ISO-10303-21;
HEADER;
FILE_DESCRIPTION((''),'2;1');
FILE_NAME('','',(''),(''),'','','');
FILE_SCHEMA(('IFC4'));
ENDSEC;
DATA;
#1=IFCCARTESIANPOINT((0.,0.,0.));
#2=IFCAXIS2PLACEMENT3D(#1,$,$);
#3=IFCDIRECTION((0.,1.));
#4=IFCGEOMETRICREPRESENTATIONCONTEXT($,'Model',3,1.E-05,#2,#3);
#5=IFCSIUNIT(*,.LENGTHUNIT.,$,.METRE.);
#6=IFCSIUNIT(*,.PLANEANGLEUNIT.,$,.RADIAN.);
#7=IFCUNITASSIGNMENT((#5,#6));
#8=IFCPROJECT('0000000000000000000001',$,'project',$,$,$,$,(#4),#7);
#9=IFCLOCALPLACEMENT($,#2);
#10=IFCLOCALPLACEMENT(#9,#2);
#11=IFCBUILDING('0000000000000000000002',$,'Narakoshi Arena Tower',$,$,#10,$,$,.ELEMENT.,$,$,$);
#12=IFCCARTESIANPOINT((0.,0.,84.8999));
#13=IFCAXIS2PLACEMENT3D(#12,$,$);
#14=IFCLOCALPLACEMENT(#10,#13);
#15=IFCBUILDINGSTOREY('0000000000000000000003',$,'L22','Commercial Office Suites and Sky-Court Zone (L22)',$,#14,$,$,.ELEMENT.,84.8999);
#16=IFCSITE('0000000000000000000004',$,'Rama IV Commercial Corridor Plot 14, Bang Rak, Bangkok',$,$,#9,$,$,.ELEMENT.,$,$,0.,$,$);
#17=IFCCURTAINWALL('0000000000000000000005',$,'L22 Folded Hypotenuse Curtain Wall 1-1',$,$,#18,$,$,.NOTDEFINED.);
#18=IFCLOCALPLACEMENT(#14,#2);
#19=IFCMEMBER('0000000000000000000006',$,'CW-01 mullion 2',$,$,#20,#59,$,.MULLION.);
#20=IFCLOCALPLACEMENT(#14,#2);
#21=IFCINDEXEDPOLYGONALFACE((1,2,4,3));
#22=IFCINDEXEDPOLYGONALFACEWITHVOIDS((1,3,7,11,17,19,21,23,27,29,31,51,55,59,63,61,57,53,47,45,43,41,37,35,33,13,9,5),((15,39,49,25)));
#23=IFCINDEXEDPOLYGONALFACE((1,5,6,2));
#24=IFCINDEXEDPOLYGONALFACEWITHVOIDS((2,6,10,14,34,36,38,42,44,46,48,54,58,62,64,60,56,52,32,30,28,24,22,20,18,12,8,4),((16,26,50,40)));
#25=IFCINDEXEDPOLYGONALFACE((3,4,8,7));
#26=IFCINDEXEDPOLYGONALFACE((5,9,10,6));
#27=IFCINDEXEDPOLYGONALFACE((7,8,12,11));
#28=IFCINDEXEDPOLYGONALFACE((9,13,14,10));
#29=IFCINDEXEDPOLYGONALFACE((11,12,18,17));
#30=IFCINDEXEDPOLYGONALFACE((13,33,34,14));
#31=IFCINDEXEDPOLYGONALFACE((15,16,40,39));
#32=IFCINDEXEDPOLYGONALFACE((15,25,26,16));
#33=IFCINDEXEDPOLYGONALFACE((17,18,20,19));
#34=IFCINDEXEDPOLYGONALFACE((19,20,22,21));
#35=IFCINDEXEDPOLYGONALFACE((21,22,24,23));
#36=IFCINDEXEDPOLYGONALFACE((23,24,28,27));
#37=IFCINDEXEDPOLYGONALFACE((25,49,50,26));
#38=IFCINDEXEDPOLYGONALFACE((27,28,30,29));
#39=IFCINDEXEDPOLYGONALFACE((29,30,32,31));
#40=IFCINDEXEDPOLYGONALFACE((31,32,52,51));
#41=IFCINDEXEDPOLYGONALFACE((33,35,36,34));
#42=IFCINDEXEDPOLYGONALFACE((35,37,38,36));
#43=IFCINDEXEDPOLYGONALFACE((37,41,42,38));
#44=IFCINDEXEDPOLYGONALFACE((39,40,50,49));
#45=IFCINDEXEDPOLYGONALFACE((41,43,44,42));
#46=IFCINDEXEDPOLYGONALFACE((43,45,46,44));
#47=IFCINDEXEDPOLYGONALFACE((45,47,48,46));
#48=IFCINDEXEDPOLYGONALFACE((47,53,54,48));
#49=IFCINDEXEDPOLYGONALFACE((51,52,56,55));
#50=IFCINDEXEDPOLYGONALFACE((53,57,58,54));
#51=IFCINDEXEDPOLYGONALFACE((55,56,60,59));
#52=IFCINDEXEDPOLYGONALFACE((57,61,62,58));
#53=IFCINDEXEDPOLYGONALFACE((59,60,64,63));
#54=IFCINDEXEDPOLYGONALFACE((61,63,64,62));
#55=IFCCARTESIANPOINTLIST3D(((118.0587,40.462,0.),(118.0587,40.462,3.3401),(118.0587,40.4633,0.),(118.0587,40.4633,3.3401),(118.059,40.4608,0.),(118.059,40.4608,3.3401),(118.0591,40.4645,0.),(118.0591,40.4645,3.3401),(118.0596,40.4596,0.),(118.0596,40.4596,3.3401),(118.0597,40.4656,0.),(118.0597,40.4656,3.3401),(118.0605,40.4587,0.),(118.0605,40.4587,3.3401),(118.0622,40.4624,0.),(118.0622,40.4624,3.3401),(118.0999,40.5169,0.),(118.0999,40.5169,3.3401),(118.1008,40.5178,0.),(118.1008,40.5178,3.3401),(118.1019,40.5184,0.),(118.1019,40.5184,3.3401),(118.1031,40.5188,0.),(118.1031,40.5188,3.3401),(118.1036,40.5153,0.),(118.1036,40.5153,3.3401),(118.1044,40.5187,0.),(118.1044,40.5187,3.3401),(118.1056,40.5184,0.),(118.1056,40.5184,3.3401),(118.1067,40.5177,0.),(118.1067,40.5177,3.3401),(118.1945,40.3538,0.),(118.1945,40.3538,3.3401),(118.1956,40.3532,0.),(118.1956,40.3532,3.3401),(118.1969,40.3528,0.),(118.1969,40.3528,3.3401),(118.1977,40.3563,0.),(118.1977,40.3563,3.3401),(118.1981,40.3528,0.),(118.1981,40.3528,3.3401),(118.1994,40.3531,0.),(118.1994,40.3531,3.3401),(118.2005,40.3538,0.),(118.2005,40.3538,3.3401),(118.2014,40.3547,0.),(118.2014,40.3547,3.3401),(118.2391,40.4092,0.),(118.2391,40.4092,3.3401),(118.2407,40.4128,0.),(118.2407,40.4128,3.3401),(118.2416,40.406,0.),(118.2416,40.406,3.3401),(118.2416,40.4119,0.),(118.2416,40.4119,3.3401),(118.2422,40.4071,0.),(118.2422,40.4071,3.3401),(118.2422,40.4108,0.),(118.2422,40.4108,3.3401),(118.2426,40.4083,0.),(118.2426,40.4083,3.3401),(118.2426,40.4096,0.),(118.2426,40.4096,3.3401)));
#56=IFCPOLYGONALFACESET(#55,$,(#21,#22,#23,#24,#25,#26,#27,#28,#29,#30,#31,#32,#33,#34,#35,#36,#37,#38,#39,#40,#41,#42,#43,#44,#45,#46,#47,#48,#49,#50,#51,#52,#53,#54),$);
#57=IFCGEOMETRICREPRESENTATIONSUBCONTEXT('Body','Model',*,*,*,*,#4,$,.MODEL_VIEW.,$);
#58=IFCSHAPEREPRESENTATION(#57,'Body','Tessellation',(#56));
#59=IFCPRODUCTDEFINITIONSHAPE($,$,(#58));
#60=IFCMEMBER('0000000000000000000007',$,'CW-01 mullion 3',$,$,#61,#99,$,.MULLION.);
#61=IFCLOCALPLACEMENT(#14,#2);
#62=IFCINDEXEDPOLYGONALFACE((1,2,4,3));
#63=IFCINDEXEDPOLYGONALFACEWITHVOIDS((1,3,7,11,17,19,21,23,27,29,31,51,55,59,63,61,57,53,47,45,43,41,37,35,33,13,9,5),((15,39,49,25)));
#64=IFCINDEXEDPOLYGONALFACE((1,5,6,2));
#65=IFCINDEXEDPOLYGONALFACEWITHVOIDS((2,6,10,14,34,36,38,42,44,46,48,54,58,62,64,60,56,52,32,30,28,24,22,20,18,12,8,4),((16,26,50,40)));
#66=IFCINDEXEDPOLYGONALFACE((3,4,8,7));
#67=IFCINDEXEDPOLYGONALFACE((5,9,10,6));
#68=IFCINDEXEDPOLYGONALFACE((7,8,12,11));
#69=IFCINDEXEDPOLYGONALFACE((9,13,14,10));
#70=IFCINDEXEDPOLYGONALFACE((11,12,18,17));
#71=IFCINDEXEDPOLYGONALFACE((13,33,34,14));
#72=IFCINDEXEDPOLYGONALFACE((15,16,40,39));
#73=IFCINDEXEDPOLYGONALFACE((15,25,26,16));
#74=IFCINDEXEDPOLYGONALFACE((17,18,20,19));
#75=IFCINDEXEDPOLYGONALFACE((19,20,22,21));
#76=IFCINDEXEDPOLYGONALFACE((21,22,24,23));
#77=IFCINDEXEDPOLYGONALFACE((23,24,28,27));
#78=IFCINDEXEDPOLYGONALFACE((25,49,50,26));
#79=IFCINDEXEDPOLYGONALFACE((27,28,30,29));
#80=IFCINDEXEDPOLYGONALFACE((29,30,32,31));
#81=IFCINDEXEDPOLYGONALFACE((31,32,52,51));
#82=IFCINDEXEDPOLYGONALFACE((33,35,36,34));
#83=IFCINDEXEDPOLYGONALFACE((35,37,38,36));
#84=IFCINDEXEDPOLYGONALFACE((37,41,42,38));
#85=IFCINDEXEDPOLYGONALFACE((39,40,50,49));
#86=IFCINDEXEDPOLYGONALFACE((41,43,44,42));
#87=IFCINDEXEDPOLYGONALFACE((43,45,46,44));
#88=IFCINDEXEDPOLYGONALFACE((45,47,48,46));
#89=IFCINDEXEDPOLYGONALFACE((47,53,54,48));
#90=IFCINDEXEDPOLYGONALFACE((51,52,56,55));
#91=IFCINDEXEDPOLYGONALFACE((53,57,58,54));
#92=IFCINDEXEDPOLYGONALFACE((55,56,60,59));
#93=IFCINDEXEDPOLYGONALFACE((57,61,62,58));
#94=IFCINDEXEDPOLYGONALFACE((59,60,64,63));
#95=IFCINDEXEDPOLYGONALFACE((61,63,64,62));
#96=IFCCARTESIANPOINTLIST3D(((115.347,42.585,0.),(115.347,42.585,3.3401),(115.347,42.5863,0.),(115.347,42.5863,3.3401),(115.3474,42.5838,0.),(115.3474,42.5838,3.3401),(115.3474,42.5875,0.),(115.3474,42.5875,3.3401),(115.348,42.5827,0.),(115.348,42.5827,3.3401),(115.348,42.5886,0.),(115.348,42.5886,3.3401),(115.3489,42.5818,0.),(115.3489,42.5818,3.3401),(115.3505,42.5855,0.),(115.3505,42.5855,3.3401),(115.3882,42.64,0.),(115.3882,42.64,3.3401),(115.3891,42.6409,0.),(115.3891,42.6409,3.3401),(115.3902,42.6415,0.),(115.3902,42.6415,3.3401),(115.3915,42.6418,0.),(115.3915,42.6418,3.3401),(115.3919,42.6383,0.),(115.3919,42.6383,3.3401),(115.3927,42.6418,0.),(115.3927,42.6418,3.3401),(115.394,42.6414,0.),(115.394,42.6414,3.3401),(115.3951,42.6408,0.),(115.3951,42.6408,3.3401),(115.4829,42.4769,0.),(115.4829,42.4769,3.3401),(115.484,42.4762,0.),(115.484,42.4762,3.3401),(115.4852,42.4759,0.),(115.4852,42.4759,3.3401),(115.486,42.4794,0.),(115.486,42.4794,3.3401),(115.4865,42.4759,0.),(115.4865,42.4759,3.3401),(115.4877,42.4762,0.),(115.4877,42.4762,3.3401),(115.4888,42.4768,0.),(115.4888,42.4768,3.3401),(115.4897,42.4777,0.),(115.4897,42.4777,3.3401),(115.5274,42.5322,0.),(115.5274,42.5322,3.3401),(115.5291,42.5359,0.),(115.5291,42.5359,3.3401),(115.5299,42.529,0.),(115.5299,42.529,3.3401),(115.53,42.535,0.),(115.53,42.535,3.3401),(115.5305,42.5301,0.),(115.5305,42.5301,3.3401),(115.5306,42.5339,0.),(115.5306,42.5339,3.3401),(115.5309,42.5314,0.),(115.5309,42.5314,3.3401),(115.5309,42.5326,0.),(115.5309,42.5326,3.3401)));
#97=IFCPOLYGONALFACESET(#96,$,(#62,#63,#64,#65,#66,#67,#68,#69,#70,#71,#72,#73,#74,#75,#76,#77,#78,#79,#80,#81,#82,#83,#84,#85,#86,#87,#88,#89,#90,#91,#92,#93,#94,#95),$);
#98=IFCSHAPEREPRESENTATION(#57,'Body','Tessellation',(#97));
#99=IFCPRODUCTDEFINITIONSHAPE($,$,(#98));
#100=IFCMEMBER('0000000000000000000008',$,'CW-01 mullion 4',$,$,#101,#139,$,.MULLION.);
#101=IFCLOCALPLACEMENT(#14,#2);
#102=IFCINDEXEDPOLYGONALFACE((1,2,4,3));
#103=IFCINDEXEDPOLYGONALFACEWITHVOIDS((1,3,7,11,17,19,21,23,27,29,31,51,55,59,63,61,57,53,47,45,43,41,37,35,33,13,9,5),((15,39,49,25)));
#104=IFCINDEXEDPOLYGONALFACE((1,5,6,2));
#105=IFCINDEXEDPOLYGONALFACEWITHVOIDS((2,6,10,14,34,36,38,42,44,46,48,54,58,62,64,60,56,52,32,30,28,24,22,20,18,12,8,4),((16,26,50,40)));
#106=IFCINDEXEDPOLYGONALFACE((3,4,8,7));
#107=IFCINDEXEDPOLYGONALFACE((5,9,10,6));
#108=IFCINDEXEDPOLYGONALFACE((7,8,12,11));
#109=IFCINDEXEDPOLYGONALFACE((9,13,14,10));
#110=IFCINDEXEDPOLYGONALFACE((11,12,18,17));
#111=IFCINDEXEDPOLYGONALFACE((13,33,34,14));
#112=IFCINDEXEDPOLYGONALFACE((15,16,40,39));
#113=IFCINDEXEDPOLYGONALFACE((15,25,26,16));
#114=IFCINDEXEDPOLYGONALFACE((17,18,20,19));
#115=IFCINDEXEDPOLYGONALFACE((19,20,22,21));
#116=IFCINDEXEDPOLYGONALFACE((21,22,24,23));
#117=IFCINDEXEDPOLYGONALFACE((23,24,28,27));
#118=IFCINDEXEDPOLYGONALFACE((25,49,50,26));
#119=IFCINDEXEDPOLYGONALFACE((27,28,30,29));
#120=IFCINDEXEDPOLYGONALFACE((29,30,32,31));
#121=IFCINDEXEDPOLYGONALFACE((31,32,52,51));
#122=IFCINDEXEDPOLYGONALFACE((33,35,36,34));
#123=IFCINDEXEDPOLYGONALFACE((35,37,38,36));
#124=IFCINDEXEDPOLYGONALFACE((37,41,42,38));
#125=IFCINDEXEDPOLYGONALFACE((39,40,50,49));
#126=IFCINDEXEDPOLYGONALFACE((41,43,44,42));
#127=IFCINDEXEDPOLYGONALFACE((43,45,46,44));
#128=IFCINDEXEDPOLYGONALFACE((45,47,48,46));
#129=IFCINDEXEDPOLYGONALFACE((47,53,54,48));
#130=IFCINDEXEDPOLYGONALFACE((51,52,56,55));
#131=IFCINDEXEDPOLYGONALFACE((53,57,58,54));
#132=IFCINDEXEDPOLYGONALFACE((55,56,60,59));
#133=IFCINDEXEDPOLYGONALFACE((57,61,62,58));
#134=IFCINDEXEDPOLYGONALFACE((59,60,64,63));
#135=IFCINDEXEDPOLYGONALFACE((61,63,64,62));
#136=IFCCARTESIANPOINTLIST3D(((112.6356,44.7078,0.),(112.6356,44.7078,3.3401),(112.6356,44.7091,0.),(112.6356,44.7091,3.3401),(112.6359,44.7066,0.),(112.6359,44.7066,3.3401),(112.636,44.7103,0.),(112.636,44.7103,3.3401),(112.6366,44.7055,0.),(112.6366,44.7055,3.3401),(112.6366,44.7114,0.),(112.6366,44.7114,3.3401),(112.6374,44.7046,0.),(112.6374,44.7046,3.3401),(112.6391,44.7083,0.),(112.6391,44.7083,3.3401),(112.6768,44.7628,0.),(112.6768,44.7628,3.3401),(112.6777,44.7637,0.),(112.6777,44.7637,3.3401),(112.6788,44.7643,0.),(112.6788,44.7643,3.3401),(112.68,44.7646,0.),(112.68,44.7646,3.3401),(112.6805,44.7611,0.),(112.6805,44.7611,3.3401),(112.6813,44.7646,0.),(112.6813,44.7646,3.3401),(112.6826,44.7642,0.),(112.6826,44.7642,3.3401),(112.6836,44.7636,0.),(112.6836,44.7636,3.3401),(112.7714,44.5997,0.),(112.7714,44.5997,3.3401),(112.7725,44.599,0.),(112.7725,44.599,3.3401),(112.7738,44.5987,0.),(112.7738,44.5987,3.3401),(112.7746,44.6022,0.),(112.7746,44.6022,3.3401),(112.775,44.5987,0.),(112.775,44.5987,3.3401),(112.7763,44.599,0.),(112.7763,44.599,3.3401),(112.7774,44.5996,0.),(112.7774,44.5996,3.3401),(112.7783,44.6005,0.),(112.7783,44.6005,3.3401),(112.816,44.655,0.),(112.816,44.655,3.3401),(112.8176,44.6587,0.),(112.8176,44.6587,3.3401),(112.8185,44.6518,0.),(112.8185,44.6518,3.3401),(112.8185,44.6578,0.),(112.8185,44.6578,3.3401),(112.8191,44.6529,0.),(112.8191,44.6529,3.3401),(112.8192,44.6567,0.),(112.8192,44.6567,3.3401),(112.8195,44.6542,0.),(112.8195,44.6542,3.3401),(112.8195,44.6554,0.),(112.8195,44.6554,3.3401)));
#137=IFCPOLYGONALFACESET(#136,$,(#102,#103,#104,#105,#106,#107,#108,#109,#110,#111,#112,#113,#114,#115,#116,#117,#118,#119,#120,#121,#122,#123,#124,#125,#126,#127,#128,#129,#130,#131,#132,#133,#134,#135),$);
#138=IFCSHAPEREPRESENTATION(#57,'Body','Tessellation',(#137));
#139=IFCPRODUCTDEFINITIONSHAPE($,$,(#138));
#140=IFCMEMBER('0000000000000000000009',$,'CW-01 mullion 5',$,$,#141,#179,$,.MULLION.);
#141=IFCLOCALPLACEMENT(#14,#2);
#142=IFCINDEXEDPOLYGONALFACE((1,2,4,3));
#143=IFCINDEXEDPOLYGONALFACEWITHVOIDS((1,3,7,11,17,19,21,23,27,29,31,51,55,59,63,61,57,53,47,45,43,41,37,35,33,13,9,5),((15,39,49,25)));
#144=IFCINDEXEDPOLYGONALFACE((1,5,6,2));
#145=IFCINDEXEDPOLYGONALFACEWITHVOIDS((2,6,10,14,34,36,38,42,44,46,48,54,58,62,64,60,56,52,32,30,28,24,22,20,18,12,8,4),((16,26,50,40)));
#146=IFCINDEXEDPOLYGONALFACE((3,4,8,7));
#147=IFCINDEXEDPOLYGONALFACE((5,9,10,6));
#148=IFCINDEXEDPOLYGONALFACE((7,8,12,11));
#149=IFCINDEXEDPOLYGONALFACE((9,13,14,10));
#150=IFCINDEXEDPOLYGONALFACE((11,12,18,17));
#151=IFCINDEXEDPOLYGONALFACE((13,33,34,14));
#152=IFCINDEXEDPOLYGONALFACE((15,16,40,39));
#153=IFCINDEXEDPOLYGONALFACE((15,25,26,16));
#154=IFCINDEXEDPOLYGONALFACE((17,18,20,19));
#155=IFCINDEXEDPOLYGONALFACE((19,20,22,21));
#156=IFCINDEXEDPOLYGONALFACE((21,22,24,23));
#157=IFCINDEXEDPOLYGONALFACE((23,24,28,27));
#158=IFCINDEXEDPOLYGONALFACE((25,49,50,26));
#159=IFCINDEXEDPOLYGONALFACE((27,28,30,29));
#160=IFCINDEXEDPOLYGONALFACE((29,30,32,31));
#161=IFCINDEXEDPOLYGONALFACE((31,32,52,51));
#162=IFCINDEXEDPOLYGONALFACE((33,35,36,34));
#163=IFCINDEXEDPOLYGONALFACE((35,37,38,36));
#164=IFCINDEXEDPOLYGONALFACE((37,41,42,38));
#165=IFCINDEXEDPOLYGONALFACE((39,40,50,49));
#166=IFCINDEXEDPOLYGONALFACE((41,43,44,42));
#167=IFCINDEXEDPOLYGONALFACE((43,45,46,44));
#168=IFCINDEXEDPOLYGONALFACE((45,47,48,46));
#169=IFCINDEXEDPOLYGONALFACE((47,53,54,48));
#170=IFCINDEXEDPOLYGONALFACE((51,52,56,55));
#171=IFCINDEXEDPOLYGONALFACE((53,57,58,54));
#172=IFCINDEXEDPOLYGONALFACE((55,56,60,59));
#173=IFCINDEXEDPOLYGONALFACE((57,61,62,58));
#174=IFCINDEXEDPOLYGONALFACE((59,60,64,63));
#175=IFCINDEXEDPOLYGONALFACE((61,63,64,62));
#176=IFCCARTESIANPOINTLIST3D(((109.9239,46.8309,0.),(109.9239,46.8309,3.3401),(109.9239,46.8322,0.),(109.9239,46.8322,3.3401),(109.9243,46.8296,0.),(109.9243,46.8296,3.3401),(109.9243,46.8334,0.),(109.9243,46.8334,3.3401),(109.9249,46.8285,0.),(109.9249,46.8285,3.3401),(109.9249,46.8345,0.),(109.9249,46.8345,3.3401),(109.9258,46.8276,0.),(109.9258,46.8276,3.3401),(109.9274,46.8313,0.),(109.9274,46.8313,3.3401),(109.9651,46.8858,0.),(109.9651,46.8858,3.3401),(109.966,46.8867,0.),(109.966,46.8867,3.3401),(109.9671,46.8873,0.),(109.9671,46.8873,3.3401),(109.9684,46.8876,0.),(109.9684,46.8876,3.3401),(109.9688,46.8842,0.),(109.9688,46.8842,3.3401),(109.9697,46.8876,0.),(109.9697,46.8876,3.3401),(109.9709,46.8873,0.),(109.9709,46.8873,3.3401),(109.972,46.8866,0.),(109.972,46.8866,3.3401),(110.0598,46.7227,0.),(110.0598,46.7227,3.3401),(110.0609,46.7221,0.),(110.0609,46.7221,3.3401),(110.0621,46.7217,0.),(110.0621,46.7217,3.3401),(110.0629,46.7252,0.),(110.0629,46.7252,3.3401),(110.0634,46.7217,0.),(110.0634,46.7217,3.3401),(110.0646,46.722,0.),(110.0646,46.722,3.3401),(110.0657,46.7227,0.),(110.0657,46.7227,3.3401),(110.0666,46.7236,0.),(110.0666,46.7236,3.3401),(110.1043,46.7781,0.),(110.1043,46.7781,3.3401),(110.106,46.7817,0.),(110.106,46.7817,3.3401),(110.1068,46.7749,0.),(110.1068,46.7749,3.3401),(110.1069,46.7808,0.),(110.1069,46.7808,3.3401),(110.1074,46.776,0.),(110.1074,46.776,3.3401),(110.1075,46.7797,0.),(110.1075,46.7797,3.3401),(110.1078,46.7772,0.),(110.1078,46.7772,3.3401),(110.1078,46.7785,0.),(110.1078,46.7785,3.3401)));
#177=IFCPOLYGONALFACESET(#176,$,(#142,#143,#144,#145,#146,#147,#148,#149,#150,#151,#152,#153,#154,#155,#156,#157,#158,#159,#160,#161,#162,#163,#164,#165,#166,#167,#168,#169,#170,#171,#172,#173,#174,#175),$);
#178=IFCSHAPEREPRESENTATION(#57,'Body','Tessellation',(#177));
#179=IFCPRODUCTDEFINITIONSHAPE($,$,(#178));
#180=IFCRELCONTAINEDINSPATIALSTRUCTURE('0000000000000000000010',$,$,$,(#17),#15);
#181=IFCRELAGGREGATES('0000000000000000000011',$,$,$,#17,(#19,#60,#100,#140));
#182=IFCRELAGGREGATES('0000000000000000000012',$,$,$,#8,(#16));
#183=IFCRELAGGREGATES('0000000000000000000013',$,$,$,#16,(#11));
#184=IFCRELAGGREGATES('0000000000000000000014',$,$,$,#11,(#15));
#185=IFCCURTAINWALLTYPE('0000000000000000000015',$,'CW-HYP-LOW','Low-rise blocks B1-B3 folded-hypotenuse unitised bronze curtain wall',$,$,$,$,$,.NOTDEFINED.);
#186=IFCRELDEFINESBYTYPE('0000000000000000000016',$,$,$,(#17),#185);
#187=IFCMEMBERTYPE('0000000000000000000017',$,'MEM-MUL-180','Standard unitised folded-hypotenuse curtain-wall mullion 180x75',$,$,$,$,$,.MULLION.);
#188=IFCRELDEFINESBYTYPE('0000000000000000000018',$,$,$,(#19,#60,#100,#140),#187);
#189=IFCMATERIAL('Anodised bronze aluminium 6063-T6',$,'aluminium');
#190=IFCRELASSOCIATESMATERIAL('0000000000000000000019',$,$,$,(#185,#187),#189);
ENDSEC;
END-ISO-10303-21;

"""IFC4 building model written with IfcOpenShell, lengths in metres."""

from ifc_helpers import new_model, si_unit, direction, frame, origin, origin_2d, place, context, subcontext, project, spatial, hollow_rectangle, extrude, material, material_profile, profile_set, type_object, element, aggregate, save


model = new_model("IFC4")

# Units and contexts
model_context = context("Model", 3, precision=1e-05, world=origin(), true_north=direction((0.0, 1.0)))
body_context = subcontext(model_context, "Body", "Model", "MODEL_VIEW")
ifc_project = project(units=[si_unit("LENGTHUNIT", "METRE"), si_unit("PLANEANGLEUNIT", "RADIAN")], contexts=[model_context])

# Site, building, storey
site_placement = place(None, origin())
site = spatial("IfcSite", under=ifc_project, at=site_placement, Name="Rama IV Commercial Corridor Plot 14, Bang Rak, Bangkok", CompositionType="ELEMENT", RefElevation=0.0)
building_placement = place(site_placement, origin())
building = spatial("IfcBuilding", under=site, at=building_placement, Name="Narakoshi Arena Tower", CompositionType="ELEMENT")
storey_placement = place(building_placement, frame((0.0, 0.0, 84.8999)))
storey = spatial("IfcBuildingStorey", under=building, at=storey_placement, Name="L22", Description="Commercial Office Suites and Sky-Court Zone (L22)", CompositionType="ELEMENT", Elevation=84.8999)

# Curtain wall, members
ifc_material_1 = material(Name="Anodised bronze aluminium 6063-T6", Category="aluminium")
curtain_wall_type = type_object("IfcCurtainWallType", Name="CW-HYP-LOW", Description="Low-rise blocks B1-B3 folded-hypotenuse unitised bronze curtain wall", PredefinedType="NOTDEFINED", material=ifc_material_1)
curtain_wall_placement = place(storey_placement, origin())
curtain_wall = element("IfcCurtainWall", 1, at=curtain_wall_placement, inside=storey, type_object=curtain_wall_type, Name="L22 Folded Hypotenuse Curtain Wall 1-1", PredefinedType="NOTDEFINED")
ifc_material_profile_1 = material_profile(ifc_material_1, hollow_rectangle(XDim=0.075, YDim=0.1799, WallThickness=0.0039, OuterFilletRadius=0.0049, at=origin_2d()), Name="MUL180x75x4")
ifc_profile_set_1 = profile_set([ifc_material_profile_1], Name="Anodised bronze aluminium 6063-T6")
member_type_1 = type_object("IfcMemberType", Name="MEM-MUL-180", Description="Standard unitised folded-hypotenuse curtain-wall mullion 180x75", PredefinedType="MULLION", material=ifc_profile_set_1)
member_1_placement = place(storey_placement, frame((118.1506, 40.4358, 0.0), z_axis=(0.0, 0.0, 1.0), x_axis=(-0.616458, -0.787388, 0.0)))
member_1 = element("IfcMember", 2, at=member_1_placement, type_object=member_type_1, Name="CW-01 mullion 2", PredefinedType="MULLION", context=body_context, shape_type="SweptSolid", body=[
    extrude(hollow_rectangle(XDim=0.075, YDim=0.1799, WallThickness=0.0039, OuterFilletRadius=0.0049, at=origin_2d()), origin(), (0.0, 0.0, 1.0), 3.3401),
])
member_2_placement = place(storey_placement, frame((115.439, 42.5588, 0.0), z_axis=(0.0, 0.0, 1.0), x_axis=(-0.616458, -0.787388, 0.0)))
member_2 = element("IfcMember", 3, at=member_2_placement, type_object=member_type_1, Name="CW-01 mullion 3", PredefinedType="MULLION", context=body_context, shape_type="SweptSolid", body=[
    extrude(hollow_rectangle(XDim=0.075, YDim=0.1799, WallThickness=0.0039, OuterFilletRadius=0.0049, at=origin_2d()), origin(), (0.0, 0.0, 1.0), 3.3401),
])
member_3_placement = place(storey_placement, frame((112.7275, 44.6816, 0.0), z_axis=(0.0, 0.0, 1.0), x_axis=(-0.616458, -0.787388, 0.0)))
member_3 = element("IfcMember", 4, at=member_3_placement, type_object=member_type_1, Name="CW-01 mullion 4", PredefinedType="MULLION", context=body_context, shape_type="SweptSolid", body=[
    extrude(hollow_rectangle(XDim=0.075, YDim=0.1799, WallThickness=0.0039, OuterFilletRadius=0.0049, at=origin_2d()), origin(), (0.0, 0.0, 1.0), 3.3401),
])
member_4_placement = place(storey_placement, frame((110.0159, 46.8047, 0.0), z_axis=(0.0, 0.0, 1.0), x_axis=(-0.616458, -0.787388, 0.0)))
member_4 = element("IfcMember", 5, at=member_4_placement, type_object=member_type_1, Name="CW-01 mullion 5", PredefinedType="MULLION", context=body_context, shape_type="SweptSolid", body=[
    extrude(hollow_rectangle(XDim=0.075, YDim=0.1799, WallThickness=0.0039, OuterFilletRadius=0.0049, at=origin_2d()), origin(), (0.0, 0.0, 1.0), 3.3401),
])
aggregate(curtain_wall, [member_1, member_2, member_3, member_4])

save(model, "model.ifc")
